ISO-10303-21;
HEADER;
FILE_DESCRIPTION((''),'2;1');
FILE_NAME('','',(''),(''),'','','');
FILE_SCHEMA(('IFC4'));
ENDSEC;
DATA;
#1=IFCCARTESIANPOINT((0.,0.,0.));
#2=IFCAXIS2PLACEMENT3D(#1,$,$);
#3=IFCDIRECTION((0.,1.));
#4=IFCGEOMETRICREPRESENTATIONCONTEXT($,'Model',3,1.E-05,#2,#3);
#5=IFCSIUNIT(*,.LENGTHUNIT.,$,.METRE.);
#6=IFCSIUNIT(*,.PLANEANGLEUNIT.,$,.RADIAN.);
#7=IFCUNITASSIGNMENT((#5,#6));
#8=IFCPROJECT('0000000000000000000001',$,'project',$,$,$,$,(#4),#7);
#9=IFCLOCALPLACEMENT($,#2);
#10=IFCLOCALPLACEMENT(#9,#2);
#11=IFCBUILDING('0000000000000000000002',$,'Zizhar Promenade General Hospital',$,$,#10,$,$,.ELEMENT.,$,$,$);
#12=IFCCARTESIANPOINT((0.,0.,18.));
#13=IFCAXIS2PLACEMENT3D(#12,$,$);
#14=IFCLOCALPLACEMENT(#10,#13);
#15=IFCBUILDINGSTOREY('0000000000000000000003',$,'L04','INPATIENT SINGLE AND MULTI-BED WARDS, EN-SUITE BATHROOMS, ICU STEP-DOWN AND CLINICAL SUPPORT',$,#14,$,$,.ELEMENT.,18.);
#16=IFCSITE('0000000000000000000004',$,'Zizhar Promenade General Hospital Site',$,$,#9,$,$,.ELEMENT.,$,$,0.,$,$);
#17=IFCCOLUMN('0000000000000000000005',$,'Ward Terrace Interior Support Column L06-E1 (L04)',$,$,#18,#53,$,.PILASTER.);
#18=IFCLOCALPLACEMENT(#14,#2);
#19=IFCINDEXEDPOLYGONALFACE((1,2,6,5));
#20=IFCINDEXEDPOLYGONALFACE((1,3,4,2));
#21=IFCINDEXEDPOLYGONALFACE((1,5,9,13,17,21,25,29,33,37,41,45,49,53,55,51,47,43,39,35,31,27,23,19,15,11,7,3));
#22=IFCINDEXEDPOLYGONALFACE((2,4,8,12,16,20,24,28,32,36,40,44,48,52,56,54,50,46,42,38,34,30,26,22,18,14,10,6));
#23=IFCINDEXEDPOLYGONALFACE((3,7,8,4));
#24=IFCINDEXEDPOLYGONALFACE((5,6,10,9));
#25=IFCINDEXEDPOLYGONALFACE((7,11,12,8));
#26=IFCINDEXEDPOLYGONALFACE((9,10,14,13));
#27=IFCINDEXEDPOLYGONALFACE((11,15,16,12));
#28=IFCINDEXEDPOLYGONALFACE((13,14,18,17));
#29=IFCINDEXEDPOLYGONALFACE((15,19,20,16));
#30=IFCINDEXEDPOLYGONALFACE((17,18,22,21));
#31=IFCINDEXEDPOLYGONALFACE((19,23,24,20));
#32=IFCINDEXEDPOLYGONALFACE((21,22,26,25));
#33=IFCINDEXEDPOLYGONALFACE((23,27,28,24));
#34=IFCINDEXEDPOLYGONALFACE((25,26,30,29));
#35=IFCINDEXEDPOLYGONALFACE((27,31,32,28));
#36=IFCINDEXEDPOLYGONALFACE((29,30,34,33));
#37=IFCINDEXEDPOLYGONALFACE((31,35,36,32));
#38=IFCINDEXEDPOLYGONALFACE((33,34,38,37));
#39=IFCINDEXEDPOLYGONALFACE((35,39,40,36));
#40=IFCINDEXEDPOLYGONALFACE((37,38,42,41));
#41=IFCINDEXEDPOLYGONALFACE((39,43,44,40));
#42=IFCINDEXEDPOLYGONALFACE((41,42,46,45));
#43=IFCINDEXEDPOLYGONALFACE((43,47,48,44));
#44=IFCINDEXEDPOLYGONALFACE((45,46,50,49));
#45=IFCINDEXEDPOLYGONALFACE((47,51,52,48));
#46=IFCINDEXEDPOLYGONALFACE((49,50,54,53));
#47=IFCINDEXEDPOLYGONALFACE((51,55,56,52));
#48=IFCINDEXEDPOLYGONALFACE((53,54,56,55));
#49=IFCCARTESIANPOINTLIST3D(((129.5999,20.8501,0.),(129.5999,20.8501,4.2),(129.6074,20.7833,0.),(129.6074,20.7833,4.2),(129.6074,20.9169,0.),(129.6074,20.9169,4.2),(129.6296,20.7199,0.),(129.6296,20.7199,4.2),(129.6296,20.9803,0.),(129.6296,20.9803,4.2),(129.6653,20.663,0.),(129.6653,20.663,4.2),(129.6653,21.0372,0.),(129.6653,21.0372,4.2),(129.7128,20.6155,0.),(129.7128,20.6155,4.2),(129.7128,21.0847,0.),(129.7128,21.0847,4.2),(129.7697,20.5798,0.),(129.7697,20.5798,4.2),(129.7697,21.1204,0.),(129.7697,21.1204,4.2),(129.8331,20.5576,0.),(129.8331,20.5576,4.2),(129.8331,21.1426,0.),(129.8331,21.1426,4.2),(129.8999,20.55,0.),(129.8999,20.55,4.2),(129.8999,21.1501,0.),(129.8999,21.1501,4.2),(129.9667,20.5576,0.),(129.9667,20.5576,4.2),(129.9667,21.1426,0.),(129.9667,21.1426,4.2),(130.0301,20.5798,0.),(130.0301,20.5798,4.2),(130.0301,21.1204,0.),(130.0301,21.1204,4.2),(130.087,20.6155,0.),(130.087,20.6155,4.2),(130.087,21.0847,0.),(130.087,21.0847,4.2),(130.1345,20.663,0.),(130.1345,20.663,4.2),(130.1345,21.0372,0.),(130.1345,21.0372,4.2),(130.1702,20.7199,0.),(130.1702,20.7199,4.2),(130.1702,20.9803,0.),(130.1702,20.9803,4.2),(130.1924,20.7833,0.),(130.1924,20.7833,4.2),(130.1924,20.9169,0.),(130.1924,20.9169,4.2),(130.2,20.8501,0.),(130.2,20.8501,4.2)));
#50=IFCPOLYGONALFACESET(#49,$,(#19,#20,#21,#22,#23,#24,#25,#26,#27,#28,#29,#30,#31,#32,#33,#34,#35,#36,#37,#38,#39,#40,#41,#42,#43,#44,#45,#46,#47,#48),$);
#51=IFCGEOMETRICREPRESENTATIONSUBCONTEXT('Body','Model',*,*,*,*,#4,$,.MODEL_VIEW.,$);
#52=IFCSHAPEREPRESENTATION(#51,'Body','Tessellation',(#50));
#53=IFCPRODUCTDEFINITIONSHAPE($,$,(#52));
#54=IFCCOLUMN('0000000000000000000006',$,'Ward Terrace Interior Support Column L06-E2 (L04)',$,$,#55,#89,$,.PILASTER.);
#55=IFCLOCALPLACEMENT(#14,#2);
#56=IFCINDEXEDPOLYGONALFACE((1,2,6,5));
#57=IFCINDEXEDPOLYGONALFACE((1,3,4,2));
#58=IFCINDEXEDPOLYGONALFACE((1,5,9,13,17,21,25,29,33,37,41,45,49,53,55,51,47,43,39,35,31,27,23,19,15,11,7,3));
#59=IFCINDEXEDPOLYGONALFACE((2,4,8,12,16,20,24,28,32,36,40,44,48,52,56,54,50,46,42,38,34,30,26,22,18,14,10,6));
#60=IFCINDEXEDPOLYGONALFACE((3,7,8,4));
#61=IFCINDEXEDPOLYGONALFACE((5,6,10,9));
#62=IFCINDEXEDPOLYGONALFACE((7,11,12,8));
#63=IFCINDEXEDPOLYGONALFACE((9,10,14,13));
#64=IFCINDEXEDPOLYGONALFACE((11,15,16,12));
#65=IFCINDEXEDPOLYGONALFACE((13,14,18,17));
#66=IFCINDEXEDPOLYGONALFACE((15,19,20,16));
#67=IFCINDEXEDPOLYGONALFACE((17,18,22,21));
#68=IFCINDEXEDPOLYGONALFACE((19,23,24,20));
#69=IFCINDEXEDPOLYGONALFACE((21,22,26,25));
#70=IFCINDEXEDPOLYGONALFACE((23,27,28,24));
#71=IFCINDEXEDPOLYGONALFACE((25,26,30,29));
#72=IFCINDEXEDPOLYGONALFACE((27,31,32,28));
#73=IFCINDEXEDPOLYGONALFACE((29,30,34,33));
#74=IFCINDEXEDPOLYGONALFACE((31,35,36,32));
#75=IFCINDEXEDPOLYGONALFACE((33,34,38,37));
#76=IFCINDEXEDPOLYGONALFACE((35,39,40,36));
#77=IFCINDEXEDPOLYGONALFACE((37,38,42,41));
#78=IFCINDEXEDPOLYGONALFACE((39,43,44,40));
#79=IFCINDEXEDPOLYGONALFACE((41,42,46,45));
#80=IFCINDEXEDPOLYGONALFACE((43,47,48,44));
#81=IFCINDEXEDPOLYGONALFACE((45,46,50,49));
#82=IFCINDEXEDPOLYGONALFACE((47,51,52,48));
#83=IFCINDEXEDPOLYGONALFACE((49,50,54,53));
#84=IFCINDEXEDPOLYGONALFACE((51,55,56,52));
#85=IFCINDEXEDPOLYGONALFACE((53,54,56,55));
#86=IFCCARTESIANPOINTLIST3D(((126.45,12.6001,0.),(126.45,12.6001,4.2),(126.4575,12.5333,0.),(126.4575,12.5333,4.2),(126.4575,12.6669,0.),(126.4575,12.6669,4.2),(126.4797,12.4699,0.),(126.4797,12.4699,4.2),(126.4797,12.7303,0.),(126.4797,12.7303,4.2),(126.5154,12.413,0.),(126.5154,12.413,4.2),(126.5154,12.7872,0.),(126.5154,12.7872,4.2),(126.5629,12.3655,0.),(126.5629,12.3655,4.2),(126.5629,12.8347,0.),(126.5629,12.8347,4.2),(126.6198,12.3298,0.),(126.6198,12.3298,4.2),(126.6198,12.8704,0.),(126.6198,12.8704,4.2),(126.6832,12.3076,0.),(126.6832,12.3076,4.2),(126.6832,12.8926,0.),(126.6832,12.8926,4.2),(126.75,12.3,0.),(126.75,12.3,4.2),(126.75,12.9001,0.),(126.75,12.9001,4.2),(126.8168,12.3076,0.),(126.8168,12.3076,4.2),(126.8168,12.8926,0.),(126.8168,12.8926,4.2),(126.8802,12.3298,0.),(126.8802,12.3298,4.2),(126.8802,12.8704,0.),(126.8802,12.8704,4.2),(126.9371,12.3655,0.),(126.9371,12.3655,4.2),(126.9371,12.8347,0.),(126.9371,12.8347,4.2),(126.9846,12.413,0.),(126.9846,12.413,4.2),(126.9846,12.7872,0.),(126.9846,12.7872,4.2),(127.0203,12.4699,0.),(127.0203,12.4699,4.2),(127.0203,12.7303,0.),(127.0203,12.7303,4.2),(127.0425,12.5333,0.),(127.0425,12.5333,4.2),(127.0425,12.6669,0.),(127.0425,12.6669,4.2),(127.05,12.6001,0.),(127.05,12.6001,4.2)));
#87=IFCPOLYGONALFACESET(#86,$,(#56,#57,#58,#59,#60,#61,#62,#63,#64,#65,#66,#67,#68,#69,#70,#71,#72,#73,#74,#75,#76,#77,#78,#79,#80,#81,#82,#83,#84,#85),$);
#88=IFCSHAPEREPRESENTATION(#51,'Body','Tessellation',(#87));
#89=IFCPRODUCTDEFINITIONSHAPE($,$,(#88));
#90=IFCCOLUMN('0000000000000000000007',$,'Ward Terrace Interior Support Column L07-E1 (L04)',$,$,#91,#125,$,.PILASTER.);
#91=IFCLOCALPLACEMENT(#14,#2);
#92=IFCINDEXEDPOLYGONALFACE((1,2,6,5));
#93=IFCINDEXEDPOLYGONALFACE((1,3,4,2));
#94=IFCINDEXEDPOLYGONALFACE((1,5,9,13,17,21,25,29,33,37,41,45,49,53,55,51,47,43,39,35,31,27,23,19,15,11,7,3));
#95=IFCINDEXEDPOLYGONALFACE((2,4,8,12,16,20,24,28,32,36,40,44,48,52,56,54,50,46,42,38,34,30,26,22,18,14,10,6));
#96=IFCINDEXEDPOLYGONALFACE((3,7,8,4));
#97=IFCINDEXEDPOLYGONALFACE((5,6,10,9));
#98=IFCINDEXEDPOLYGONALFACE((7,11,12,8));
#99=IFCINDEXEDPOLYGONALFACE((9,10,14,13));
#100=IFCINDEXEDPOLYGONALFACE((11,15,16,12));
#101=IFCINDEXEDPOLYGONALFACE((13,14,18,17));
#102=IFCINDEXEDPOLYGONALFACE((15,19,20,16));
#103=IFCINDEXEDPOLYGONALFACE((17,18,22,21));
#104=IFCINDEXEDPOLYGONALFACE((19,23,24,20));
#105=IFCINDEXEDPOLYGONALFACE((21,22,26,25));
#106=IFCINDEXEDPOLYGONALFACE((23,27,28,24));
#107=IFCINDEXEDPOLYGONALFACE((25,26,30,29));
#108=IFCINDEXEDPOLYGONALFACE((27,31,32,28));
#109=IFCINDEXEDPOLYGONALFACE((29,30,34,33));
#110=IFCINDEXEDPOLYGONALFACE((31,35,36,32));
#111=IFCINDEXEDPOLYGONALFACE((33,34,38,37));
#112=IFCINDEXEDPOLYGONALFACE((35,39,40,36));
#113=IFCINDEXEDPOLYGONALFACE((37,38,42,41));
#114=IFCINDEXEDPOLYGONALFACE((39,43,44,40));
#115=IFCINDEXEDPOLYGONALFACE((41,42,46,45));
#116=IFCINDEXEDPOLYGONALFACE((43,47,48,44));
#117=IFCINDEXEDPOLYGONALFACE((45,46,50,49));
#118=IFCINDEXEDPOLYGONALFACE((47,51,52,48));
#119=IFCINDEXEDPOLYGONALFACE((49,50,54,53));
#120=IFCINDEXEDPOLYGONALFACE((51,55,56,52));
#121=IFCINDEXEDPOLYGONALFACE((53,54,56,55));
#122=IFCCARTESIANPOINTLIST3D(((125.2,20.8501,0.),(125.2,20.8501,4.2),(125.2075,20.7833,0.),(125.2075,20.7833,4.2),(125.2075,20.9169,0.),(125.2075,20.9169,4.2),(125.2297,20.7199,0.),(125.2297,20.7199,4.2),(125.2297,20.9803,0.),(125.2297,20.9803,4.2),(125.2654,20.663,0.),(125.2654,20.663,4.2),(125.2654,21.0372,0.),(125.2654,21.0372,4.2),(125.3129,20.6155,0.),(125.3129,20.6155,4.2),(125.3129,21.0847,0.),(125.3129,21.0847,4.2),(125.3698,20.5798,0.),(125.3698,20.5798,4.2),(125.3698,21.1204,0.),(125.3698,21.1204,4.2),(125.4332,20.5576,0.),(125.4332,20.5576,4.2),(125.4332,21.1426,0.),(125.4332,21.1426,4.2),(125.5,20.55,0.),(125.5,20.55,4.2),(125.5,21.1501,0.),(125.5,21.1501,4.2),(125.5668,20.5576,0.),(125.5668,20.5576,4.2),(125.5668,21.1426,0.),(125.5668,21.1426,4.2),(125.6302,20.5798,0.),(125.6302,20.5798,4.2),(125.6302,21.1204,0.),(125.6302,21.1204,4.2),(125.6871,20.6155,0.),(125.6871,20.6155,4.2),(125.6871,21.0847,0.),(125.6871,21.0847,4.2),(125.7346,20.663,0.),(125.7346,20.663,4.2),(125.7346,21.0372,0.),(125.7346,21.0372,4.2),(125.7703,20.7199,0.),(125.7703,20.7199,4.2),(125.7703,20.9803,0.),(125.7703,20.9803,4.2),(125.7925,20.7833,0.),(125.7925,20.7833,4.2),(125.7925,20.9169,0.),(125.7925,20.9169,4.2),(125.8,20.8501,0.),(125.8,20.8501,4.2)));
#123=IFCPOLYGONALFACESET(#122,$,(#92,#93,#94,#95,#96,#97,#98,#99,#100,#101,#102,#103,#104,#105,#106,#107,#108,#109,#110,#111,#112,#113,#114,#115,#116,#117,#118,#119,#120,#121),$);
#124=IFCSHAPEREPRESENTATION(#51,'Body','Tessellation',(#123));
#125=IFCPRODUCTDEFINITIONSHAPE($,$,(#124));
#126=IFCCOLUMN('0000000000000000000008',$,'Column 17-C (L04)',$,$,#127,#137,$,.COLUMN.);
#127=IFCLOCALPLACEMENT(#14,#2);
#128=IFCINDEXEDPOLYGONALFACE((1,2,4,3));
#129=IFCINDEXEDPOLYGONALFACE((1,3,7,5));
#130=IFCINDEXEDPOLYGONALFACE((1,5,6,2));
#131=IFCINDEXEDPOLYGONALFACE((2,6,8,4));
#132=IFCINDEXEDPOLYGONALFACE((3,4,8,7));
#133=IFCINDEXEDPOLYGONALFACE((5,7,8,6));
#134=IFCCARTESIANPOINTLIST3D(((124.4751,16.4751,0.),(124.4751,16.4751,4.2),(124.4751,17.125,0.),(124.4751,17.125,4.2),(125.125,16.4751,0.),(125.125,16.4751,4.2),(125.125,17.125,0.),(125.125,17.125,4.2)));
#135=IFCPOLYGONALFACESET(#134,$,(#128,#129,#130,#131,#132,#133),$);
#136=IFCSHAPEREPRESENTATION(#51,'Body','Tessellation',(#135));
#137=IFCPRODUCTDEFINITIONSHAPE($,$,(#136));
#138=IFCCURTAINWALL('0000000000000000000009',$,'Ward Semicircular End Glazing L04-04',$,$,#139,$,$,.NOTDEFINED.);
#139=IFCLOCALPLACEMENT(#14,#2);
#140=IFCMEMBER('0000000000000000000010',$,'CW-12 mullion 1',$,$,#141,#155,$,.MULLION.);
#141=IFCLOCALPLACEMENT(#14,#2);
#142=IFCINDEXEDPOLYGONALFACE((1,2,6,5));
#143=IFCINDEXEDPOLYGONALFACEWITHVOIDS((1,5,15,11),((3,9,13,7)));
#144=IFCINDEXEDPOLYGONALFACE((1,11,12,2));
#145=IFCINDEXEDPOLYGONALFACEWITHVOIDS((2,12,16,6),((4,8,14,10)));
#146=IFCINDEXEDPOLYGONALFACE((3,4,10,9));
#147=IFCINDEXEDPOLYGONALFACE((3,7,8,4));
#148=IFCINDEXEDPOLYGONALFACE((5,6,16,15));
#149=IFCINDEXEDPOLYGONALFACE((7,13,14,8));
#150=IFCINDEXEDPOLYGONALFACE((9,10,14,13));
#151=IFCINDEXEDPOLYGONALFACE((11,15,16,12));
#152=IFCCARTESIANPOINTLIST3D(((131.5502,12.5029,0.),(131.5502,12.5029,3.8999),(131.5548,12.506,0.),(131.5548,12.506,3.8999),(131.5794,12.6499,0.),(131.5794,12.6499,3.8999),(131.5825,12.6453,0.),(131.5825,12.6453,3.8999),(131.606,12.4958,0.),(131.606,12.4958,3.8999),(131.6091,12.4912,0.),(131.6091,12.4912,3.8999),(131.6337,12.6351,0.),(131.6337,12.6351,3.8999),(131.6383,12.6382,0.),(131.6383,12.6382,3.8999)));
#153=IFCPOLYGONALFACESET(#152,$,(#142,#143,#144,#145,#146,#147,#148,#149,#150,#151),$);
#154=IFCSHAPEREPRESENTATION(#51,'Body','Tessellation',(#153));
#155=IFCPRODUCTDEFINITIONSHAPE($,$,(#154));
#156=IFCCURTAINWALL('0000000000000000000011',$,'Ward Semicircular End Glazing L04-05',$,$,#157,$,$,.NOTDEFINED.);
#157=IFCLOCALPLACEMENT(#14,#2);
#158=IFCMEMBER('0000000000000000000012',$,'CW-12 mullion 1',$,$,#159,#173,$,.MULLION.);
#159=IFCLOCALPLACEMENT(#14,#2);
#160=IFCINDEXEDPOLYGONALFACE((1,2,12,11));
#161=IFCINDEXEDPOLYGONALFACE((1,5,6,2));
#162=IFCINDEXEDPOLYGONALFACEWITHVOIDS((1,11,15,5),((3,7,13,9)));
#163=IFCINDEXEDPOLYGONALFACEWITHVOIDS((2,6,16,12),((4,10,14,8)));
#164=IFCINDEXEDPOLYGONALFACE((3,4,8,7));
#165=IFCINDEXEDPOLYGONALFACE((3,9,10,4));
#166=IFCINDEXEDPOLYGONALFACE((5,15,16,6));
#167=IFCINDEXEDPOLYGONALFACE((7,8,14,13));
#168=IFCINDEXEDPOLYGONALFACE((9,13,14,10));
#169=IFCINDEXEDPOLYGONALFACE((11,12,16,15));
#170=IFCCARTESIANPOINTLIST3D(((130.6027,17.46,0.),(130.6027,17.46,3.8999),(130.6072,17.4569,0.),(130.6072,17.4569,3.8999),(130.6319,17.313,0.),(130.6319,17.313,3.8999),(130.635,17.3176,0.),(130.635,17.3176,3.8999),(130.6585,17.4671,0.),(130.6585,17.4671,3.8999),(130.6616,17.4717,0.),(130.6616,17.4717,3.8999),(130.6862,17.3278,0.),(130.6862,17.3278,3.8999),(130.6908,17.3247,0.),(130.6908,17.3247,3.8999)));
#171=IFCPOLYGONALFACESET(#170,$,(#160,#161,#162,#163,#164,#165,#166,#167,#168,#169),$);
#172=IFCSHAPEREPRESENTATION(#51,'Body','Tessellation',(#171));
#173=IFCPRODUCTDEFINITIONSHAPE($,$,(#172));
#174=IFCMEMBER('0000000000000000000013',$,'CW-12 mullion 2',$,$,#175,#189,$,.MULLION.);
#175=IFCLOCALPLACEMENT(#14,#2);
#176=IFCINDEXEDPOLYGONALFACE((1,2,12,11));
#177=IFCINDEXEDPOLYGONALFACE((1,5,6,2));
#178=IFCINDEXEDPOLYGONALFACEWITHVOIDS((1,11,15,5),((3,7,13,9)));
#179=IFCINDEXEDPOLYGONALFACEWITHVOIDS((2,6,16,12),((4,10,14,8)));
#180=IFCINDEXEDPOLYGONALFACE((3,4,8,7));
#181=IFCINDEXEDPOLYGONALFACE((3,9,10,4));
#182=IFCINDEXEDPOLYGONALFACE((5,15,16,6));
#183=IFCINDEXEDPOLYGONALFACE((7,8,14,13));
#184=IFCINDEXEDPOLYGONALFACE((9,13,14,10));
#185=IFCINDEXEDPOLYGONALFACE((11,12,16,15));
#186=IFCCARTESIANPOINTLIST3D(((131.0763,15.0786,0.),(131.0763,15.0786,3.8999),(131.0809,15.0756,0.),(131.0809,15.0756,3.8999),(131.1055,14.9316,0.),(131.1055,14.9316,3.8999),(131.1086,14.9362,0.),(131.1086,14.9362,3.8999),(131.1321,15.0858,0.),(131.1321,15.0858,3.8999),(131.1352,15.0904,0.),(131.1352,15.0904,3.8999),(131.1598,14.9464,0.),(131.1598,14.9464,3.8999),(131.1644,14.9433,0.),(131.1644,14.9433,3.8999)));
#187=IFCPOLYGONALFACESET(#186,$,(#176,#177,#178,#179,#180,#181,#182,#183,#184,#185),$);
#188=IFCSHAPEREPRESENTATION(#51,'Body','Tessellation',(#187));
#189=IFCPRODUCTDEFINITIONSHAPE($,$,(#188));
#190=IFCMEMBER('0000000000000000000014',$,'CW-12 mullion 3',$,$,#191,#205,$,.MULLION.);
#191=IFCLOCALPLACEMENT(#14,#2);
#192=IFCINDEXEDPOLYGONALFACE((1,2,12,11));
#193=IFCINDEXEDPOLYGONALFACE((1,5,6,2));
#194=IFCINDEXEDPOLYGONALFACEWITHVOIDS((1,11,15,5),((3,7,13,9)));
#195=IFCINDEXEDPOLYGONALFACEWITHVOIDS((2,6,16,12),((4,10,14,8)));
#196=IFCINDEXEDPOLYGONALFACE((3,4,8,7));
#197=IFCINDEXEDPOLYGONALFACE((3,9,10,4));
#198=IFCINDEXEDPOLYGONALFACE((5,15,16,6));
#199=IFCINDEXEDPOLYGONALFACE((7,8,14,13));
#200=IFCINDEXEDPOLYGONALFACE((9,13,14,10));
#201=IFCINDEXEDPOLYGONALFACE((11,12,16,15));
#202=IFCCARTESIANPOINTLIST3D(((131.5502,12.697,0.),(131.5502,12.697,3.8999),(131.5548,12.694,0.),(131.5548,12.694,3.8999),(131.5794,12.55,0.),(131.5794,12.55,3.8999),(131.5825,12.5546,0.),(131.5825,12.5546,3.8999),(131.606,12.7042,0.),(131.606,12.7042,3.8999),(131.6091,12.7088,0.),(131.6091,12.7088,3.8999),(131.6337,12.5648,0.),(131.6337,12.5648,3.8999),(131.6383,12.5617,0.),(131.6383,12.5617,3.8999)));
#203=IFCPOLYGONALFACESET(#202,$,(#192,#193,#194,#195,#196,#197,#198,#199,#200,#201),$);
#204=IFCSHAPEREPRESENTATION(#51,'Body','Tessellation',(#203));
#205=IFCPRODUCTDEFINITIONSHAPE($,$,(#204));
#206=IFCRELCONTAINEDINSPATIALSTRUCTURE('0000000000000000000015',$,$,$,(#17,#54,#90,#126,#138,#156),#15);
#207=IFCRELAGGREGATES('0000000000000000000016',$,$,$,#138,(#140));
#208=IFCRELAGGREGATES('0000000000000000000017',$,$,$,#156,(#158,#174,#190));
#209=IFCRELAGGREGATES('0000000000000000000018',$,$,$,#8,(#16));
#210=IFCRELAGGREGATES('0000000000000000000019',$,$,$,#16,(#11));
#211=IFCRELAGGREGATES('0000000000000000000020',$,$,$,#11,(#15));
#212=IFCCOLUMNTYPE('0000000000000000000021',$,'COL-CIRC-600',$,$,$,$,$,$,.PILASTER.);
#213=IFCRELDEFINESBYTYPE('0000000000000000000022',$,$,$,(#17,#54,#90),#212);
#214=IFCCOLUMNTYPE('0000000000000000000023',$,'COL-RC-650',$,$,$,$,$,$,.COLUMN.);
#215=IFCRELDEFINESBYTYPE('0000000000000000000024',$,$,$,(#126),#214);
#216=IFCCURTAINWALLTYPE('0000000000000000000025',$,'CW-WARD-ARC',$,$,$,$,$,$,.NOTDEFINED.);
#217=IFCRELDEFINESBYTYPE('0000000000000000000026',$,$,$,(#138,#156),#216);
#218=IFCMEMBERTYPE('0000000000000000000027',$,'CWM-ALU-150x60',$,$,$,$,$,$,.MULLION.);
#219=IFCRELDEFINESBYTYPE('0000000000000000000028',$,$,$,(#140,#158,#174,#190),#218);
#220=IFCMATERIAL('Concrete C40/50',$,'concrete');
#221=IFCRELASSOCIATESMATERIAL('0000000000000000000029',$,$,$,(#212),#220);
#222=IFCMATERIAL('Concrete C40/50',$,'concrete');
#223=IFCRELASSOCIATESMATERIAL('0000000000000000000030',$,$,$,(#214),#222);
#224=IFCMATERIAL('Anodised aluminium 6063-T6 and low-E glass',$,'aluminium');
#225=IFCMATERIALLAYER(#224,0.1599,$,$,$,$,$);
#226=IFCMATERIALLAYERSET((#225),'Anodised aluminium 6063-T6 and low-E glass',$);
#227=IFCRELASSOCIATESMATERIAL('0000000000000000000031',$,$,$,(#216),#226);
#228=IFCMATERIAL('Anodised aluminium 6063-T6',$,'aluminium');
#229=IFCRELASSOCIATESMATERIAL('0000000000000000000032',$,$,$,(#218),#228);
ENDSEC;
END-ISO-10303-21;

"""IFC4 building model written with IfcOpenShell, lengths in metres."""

from ifc_helpers import new_model, si_unit, direction, frame, origin, origin_2d, place, context, subcontext, project, spatial, rectangle, hollow_rectangle, circle, extrude, material, layer, layer_set, material_profile, profile_set, type_object, element, aggregate, save


model = new_model("IFC4")

# Units and contexts
model_context = context("Model", 3, precision=1e-05, world=origin(), true_north=direction((0.0, 1.0)))
body_context = subcontext(model_context, "Body", "Model", "MODEL_VIEW")
ifc_project = project(units=[si_unit("LENGTHUNIT", "METRE"), si_unit("PLANEANGLEUNIT", "RADIAN")], contexts=[model_context])

# Site, building, storey
site_placement = place(None, origin())
site = spatial("IfcSite", under=ifc_project, at=site_placement, Name="Zizhar Promenade General Hospital Site", CompositionType="ELEMENT", RefElevation=0.0)
building_placement = place(site_placement, origin())
building = spatial("IfcBuilding", under=site, at=building_placement, Name="Zizhar Promenade General Hospital", CompositionType="ELEMENT")
storey_placement = place(building_placement, frame((0.0, 0.0, 18.0)))
storey = spatial("IfcBuildingStorey", under=building, at=storey_placement, Name="L04", Description="INPATIENT SINGLE AND MULTI-BED WARDS, EN-SUITE BATHROOMS, ICU STEP-DOWN AND CLINICAL SUPPORT", CompositionType="ELEMENT", Elevation=18.0)

# Columns
ifc_material_1 = material(Name="Concrete C40/50", Category="concrete")
ifc_material_profile_1 = material_profile(ifc_material_1, circle(Radius=0.3, at=origin_2d()))
ifc_profile_set_1 = profile_set([ifc_material_profile_1], Name="Concrete C40/50")
column_type_1 = type_object("IfcColumnType", Name="COL-CIRC-600", PredefinedType="PILASTER", material=ifc_profile_set_1)
for number, where, z_axis, x_axis, name in (
    (1, (129.8999, 20.8501, 0.0), (0.0, 0.0, 1.0), (1.0, 0.0, 0.0), "Ward Terrace Interior Support Column L06-E1 (L04)"),
    (2, (126.75, 12.6001, 0.0), (0.0, 0.0, 1.0), (1.0, 0.0, 0.0), "Ward Terrace Interior Support Column L06-E2 (L04)"),
    (3, (125.5, 20.8501, 0.0), (0.0, 0.0, 1.0), (1.0, 0.0, 0.0), "Ward Terrace Interior Support Column L07-E1 (L04)"),
):
    element("IfcColumn", number, at=place(storey_placement, frame(where, z_axis=z_axis, x_axis=x_axis)), inside=storey, type_object=column_type_1, Name=name, PredefinedType="PILASTER", context=body_context, shape_type="SweptSolid", body=[
        extrude(circle(Radius=0.3, at=origin_2d()), origin(), (0.0, 0.0, 1.0), 4.2),
    ])
ifc_material_2 = material(Name="Concrete C40/50", Category="concrete")
ifc_material_profile_2 = material_profile(ifc_material_2, rectangle(XDim=0.6499, YDim=0.6499, at=origin_2d()))
ifc_profile_set_2 = profile_set([ifc_material_profile_2], Name="Concrete C40/50")
column_type_2 = type_object("IfcColumnType", Name="COL-RC-650", PredefinedType="COLUMN", material=ifc_profile_set_2)
column_placement = place(storey_placement, frame((124.8, 16.8, 0.0), z_axis=(0.0, 0.0, 1.0), x_axis=(1.0, 0.0, 0.0)))
element("IfcColumn", 4, at=column_placement, inside=storey, type_object=column_type_2, Name="Column 17-C (L04)", PredefinedType="COLUMN", context=body_context, shape_type="SweptSolid", body=[
    extrude(rectangle(XDim=0.6499, YDim=0.6499, at=origin_2d()), origin(), (0.0, 0.0, 1.0), 4.2),
])

# Curtain wall, member
ifc_material_3 = material(Name="Anodised aluminium 6063-T6 and low-E glass", Category="aluminium")
ifc_layer_1 = layer(ifc_material_3, 0.1599)
ifc_layer_set_1 = layer_set([ifc_layer_1], Name="Anodised aluminium 6063-T6 and low-E glass")
curtain_wall_type = type_object("IfcCurtainWallType", Name="CW-WARD-ARC", PredefinedType="NOTDEFINED", material=ifc_layer_set_1)
curtain_wall_1_placement = place(storey_placement, origin())
curtain_wall_1 = element("IfcCurtainWall", 5, at=curtain_wall_1_placement, inside=storey, type_object=curtain_wall_type, Name="Ward Semicircular End Glazing L04-04", PredefinedType="NOTDEFINED")
ifc_material_4 = material(Name="Anodised aluminium 6063-T6", Category="aluminium")
ifc_material_profile_3 = material_profile(ifc_material_4, hollow_rectangle(XDim=0.0601, YDim=0.1499, WallThickness=0.0039, at=origin_2d()))
ifc_profile_set_3 = profile_set([ifc_material_profile_3], Name="Anodised aluminium 6063-T6")
member_type_1 = type_object("IfcMemberType", Name="CWM-ALU-150x60", PredefinedType="MULLION", material=ifc_profile_set_3)
member_1_placement = place(storey_placement, frame((131.5942, 12.5706, 0.0), z_axis=(0.0, 0.0, 1.0), x_axis=(0.980786, -0.195087, 0.0)))
member_1 = element("IfcMember", 6, at=member_1_placement, type_object=member_type_1, Name="CW-12 mullion 1", PredefinedType="MULLION", context=body_context, shape_type="SweptSolid", body=[
    extrude(hollow_rectangle(XDim=0.0601, YDim=0.1499, WallThickness=0.0039, at=origin_2d()), origin(), (0.0, 0.0, 1.0), 3.8999),
])
aggregate(curtain_wall_1, [member_1])

# Curtain wall, members
curtain_wall_2_placement = place(storey_placement, origin())
curtain_wall_2 = element("IfcCurtainWall", 7, at=curtain_wall_2_placement, inside=storey, type_object=curtain_wall_type, Name="Ward Semicircular End Glazing L04-05", PredefinedType="NOTDEFINED")
member_2_placement = place(storey_placement, frame((130.6467, 17.3923, 0.0), z_axis=(0.0, 0.0, 1.0), x_axis=(0.980786, 0.195087, 0.0)))
member_2 = element("IfcMember", 8, at=member_2_placement, type_object=member_type_1, Name="CW-12 mullion 1", PredefinedType="MULLION", context=body_context, shape_type="SweptSolid", body=[
    extrude(hollow_rectangle(XDim=0.0601, YDim=0.1499, WallThickness=0.0039, at=origin_2d()), origin(), (0.0, 0.0, 1.0), 3.8999),
])
member_3_placement = place(storey_placement, frame((131.1204, 15.011, 0.0), z_axis=(0.0, 0.0, 1.0), x_axis=(0.980786, 0.195087, 0.0)))
member_3 = element("IfcMember", 9, at=member_3_placement, type_object=member_type_1, Name="CW-12 mullion 2", PredefinedType="MULLION", context=body_context, shape_type="SweptSolid", body=[
    extrude(hollow_rectangle(XDim=0.0601, YDim=0.1499, WallThickness=0.0039, at=origin_2d()), origin(), (0.0, 0.0, 1.0), 3.8999),
])
member_4_placement = place(storey_placement, frame((131.5942, 12.6294, 0.0), z_axis=(0.0, 0.0, 1.0), x_axis=(0.980786, 0.195087, 0.0)))
member_4 = element("IfcMember", 10, at=member_4_placement, type_object=member_type_1, Name="CW-12 mullion 3", PredefinedType="MULLION", context=body_context, shape_type="SweptSolid", body=[
    extrude(hollow_rectangle(XDim=0.0601, YDim=0.1499, WallThickness=0.0039, at=origin_2d()), origin(), (0.0, 0.0, 1.0), 3.8999),
])

aggregate(curtain_wall_2, [member_2, member_3, member_4])

save(model, "model.ifc")
